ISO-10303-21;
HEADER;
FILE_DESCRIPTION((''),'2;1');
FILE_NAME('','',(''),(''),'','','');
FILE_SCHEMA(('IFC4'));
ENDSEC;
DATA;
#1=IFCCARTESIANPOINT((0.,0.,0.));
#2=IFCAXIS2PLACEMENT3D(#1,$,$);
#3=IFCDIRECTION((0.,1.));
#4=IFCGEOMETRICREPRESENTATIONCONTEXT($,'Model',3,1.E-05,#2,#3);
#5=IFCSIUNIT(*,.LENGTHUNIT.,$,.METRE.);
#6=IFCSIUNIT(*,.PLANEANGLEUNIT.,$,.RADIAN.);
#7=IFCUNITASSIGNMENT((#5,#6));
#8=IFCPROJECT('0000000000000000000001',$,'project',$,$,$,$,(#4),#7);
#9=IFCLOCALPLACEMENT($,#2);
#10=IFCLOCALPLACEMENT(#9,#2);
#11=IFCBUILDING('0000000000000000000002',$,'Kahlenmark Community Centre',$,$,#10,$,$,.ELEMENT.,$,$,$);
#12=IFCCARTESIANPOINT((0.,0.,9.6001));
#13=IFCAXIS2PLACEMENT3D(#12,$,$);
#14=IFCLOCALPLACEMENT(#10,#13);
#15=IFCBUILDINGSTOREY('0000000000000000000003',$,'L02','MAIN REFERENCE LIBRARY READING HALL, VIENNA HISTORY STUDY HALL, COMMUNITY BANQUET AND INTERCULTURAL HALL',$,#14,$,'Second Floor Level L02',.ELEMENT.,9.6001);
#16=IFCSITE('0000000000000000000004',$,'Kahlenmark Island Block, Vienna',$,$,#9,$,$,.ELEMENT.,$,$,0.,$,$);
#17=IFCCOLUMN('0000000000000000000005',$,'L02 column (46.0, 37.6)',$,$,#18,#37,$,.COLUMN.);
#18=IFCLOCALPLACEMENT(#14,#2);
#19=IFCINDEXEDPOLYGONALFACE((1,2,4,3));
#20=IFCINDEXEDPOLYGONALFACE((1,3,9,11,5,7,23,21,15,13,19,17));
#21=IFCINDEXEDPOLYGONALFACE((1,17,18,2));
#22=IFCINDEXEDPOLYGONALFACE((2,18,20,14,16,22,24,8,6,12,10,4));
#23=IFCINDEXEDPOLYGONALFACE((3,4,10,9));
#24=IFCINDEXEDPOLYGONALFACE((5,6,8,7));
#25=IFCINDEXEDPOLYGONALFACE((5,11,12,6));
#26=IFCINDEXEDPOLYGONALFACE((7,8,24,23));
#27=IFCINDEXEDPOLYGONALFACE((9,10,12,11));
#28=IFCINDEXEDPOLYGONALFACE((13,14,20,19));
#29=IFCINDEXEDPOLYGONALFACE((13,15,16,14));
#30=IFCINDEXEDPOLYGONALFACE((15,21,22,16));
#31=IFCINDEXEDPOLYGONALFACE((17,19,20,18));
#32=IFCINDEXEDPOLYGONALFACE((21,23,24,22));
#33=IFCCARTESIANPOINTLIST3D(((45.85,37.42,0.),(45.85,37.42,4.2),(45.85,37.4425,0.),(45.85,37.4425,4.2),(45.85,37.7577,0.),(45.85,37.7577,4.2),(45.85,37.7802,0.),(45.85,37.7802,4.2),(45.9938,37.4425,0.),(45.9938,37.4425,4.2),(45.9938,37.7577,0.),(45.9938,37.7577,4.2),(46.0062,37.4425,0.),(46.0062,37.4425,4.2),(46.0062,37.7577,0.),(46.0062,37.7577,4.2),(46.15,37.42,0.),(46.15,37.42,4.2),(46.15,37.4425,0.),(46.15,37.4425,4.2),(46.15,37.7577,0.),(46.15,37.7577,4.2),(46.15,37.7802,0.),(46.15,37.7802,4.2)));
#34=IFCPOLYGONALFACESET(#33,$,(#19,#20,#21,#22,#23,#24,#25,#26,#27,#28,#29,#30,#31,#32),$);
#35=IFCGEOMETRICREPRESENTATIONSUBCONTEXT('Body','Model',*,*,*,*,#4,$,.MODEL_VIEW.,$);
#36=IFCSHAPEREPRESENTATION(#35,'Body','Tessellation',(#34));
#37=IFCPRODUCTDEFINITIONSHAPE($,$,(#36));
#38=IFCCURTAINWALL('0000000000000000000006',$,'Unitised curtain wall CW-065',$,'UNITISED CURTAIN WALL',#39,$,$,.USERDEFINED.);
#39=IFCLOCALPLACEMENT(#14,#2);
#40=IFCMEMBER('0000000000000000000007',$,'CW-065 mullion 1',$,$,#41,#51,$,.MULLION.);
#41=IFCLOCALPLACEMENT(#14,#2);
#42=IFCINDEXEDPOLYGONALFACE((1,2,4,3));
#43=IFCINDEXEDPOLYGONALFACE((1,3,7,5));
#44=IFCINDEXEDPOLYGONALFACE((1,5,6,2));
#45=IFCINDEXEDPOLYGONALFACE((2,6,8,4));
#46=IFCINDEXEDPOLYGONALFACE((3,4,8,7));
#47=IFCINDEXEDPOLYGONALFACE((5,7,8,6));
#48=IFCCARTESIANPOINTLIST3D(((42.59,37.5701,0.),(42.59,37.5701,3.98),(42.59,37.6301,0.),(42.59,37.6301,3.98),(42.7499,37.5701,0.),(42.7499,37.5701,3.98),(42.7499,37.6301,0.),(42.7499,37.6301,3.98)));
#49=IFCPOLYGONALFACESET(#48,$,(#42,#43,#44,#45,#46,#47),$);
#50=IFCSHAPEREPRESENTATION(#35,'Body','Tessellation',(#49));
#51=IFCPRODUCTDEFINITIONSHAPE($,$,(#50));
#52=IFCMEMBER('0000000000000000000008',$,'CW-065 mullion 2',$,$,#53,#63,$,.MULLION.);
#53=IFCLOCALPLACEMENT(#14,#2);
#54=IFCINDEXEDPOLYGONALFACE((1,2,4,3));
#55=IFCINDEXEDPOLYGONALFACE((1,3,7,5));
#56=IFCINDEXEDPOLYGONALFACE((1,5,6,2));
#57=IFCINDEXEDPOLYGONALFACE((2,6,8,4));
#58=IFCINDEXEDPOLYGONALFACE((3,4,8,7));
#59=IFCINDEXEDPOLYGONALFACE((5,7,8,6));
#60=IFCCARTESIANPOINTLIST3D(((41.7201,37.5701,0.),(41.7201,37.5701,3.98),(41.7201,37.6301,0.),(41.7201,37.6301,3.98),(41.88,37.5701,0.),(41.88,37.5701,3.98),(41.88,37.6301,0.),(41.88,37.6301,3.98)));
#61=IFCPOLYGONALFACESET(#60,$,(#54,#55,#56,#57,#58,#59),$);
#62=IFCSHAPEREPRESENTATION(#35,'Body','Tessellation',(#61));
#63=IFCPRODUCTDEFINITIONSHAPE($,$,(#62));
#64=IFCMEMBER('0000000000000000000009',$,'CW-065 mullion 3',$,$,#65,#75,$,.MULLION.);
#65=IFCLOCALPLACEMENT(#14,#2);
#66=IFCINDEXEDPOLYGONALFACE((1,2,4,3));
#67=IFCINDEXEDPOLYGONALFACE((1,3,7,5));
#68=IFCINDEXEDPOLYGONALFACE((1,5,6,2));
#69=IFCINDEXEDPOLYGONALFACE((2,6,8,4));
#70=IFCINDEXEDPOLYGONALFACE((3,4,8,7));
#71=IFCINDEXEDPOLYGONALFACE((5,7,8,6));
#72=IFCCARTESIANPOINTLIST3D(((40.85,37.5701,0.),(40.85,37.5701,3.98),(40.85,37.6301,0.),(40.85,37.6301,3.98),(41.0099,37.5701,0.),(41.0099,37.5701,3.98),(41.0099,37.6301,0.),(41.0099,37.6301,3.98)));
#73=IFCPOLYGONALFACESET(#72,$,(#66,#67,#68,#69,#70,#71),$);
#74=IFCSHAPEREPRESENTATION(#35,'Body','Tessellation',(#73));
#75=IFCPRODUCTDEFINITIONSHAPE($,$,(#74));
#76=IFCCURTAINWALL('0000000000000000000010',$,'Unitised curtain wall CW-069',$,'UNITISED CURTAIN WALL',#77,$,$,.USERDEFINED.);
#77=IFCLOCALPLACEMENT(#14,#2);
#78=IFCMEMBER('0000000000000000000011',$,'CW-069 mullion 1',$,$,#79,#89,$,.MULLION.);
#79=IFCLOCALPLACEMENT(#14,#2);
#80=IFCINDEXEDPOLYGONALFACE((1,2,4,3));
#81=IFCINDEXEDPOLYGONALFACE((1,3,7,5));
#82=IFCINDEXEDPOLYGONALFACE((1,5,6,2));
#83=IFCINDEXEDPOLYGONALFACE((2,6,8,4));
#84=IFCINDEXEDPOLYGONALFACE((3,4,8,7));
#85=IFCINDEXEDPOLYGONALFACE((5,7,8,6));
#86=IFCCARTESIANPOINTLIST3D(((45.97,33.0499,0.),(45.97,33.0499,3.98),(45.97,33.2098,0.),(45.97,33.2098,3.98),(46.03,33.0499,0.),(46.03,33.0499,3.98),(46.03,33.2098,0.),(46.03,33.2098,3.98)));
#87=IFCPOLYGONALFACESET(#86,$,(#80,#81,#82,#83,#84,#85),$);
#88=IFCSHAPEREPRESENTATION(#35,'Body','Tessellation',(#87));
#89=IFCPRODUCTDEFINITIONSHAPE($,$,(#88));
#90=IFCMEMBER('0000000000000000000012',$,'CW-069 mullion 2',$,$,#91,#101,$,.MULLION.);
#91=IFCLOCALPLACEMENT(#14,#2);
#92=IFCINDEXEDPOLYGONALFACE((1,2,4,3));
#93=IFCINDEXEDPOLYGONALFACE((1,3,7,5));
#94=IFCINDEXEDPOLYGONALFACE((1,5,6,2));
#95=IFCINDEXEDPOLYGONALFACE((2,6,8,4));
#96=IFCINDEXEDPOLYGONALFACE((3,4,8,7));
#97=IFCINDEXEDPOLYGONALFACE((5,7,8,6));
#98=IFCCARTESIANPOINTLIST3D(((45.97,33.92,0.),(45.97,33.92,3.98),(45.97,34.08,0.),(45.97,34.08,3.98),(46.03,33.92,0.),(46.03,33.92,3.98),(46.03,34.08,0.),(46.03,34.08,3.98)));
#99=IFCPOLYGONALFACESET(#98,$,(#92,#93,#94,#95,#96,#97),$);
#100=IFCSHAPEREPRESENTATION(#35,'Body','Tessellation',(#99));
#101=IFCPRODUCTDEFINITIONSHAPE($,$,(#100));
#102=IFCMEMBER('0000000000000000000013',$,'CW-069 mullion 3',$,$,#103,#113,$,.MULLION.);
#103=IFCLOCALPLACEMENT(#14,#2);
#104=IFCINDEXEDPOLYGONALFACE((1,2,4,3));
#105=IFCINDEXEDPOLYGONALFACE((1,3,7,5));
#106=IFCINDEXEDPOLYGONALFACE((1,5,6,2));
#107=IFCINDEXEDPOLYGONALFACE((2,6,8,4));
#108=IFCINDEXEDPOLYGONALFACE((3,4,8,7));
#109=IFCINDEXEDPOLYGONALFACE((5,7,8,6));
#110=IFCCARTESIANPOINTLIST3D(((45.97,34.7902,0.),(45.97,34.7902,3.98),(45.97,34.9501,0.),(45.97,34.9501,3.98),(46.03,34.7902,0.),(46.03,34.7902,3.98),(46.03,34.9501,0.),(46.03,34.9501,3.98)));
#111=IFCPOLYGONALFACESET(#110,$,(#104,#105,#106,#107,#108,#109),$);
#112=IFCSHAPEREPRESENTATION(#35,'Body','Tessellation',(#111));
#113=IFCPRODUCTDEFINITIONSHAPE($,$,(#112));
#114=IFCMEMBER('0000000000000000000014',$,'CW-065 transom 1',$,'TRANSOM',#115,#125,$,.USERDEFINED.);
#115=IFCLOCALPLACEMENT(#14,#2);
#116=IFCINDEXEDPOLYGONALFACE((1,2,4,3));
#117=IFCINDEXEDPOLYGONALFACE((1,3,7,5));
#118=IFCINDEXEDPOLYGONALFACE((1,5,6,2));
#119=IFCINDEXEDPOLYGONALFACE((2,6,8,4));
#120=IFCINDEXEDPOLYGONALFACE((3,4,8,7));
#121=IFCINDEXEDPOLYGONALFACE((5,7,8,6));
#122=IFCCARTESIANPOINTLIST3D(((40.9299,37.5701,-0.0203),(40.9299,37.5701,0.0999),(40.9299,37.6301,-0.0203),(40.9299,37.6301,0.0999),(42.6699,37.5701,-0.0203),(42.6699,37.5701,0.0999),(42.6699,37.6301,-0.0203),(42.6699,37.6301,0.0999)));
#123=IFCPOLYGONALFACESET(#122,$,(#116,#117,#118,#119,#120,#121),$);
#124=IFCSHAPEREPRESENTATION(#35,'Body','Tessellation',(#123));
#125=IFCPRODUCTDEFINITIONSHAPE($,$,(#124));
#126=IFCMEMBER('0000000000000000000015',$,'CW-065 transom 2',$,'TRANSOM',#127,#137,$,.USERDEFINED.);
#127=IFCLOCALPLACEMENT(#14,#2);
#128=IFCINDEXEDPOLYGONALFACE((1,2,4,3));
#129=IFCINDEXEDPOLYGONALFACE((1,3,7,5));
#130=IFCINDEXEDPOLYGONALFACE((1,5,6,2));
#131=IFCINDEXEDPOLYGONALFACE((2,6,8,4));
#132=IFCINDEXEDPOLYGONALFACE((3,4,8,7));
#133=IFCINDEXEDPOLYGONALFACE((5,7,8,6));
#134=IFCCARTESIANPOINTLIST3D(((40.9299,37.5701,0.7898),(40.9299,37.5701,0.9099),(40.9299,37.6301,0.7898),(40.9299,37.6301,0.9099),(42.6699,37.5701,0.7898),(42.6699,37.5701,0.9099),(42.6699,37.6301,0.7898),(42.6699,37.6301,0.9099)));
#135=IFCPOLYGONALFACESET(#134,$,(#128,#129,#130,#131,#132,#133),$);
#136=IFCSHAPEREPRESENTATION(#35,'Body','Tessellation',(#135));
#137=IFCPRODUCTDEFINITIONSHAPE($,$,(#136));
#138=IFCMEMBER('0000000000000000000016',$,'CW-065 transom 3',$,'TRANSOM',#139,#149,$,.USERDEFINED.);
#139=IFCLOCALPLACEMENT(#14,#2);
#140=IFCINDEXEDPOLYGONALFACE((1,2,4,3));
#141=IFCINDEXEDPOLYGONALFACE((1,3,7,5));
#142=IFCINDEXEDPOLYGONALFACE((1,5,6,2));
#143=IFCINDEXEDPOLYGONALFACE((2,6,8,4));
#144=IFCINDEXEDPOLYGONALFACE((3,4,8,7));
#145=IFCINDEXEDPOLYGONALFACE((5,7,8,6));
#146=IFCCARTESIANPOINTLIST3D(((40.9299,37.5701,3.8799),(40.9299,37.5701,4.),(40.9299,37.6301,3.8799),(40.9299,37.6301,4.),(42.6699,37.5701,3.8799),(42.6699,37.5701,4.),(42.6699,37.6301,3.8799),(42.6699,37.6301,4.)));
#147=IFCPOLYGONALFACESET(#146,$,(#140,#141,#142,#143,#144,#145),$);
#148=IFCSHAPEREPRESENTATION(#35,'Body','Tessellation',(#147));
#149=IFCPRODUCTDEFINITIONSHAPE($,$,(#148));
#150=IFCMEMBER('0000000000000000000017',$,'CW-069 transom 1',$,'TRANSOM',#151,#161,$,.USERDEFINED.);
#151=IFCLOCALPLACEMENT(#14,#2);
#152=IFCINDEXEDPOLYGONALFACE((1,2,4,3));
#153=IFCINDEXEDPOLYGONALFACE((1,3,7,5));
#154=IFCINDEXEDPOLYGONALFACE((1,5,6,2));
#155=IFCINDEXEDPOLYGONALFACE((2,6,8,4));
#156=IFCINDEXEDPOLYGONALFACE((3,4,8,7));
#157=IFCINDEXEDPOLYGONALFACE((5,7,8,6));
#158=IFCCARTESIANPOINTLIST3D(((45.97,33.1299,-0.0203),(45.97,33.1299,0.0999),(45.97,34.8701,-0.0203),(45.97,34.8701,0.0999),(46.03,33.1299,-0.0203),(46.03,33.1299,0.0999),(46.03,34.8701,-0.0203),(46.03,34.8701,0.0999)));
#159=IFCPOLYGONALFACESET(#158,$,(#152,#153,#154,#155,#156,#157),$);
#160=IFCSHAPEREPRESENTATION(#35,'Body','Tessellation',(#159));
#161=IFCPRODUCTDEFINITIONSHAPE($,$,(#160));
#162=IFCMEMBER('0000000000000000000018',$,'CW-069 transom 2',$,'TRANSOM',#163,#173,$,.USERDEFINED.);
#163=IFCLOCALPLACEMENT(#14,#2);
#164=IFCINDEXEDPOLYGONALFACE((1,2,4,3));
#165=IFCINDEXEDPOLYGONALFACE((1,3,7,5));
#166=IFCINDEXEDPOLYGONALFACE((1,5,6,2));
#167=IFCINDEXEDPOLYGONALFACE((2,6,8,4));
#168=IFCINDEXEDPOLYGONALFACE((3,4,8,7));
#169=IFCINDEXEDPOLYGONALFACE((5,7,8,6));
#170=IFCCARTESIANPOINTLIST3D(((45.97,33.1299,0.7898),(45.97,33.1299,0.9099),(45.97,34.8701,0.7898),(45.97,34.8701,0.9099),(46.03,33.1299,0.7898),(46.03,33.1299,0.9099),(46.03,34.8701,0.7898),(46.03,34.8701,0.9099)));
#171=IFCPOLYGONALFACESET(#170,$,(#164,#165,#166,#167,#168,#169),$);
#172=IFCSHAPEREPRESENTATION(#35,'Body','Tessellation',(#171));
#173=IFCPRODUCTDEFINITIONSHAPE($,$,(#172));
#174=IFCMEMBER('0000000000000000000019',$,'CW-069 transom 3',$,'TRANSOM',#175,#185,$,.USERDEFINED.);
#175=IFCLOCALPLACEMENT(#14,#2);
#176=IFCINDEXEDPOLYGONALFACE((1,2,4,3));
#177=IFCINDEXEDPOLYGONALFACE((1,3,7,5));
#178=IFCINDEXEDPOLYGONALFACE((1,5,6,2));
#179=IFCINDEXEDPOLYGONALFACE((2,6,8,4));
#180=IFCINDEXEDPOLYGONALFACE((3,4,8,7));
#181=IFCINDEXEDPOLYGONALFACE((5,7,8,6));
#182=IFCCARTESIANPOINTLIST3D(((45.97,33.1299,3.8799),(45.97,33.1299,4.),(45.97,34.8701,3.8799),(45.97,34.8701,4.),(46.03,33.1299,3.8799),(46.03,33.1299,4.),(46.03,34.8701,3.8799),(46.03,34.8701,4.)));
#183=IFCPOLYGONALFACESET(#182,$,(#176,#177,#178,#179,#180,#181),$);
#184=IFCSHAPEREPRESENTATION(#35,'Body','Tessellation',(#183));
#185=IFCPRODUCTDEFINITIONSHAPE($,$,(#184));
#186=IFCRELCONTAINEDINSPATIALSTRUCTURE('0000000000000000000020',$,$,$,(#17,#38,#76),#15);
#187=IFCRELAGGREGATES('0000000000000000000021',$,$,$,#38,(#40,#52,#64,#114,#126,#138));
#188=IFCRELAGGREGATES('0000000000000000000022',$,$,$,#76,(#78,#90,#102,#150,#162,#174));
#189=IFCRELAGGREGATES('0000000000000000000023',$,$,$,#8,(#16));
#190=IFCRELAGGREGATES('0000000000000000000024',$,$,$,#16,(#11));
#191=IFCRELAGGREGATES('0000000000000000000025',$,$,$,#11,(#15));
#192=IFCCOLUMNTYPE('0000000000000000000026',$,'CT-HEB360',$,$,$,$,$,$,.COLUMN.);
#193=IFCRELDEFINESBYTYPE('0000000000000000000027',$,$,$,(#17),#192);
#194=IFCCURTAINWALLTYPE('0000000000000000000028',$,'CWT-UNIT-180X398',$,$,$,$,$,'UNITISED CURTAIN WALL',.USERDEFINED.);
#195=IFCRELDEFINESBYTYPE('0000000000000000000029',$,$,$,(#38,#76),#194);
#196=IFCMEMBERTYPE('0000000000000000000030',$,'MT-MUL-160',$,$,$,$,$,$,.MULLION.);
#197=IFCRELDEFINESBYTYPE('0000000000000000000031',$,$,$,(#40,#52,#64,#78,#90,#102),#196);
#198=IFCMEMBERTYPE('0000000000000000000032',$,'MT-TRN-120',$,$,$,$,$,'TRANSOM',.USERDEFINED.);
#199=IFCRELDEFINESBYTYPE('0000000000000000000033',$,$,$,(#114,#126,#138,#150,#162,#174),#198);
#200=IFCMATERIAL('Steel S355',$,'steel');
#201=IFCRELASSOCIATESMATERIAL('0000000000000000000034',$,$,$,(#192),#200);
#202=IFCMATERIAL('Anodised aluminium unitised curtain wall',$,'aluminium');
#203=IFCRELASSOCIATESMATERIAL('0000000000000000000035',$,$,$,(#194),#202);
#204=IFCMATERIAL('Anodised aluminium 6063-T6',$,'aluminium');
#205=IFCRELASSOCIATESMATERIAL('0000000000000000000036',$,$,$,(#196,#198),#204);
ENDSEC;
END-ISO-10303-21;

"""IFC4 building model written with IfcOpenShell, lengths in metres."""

from ifc_helpers import new_model, si_unit, direction, frame, origin, origin_2d, place, context, subcontext, project, spatial, rectangle, i_section, extrude, material, material_profile, profile_set, type_object, element, aggregate, save


model = new_model("IFC4")

# Units and contexts
model_context = context("Model", 3, precision=1e-05, world=origin(), true_north=direction((0.0, 1.0)))
body_context = subcontext(model_context, "Body", "Model", "MODEL_VIEW")
ifc_project = project(units=[si_unit("LENGTHUNIT", "METRE"), si_unit("PLANEANGLEUNIT", "RADIAN")], contexts=[model_context])

# Site, building, storey
site_placement = place(None, origin())
site = spatial("IfcSite", under=ifc_project, at=site_placement, Name="Kahlenmark Island Block, Vienna", CompositionType="ELEMENT", RefElevation=0.0)
building_placement = place(site_placement, origin())
building = spatial("IfcBuilding", under=site, at=building_placement, Name="Kahlenmark Community Centre", CompositionType="ELEMENT")
storey_placement = place(building_placement, frame((0.0, 0.0, 9.6001)))
storey = spatial("IfcBuildingStorey", under=building, at=storey_placement, Name="L02", Description="MAIN REFERENCE LIBRARY READING HALL, VIENNA HISTORY STUDY HALL, COMMUNITY BANQUET AND INTERCULTURAL HALL", LongName="Second Floor Level L02", CompositionType="ELEMENT", Elevation=9.6001)

# Column
ifc_material_1 = material(Name="Steel S355", Category="steel")
ifc_material_profile_1 = material_profile(ifc_material_1, i_section(OverallWidth=0.3, OverallDepth=0.3601, WebThickness=0.0125, FlangeThickness=0.0225, at=origin_2d()), Name="HEB 360")
ifc_profile_set_1 = profile_set([ifc_material_profile_1], Name="Steel S355")
column_type = type_object("IfcColumnType", Name="CT-HEB360", PredefinedType="COLUMN", material=ifc_profile_set_1)
column_placement = place(storey_placement, frame((46.0, 37.6001, 0.0), z_axis=(0.0, 0.0, 1.0), x_axis=(1.0, 0.0, 0.0)))
element("IfcColumn", 1, at=column_placement, inside=storey, type_object=column_type, Name="L02 column (46.0, 37.6)", PredefinedType="COLUMN", context=body_context, shape_type="SweptSolid", body=[
    extrude(i_section(OverallWidth=0.3, OverallDepth=0.3601, WebThickness=0.0125, FlangeThickness=0.0225, at=origin_2d()), origin(), (0.0, 0.0, 1.0), 4.2),
])

# Curtain walls, members
ifc_material_2 = material(Name="Anodised aluminium unitised curtain wall", Category="aluminium")
curtain_wall_type = type_object("IfcCurtainWallType", Name="CWT-UNIT-180X398", ElementType="UNITISED CURTAIN WALL", PredefinedType="USERDEFINED", material=ifc_material_2)
curtain_wall_1_placement = place(storey_placement, origin())
curtain_wall_1 = element("IfcCurtainWall", 2, at=curtain_wall_1_placement, inside=storey, type_object=curtain_wall_type, Name="Unitised curtain wall CW-065", ObjectType="UNITISED CURTAIN WALL", PredefinedType="USERDEFINED")
ifc_material_3 = material(Name="Anodised aluminium 6063-T6", Category="aluminium")
ifc_material_profile_2 = material_profile(ifc_material_3, rectangle(XDim=0.0601, YDim=0.1599, at=origin_2d()), Name="ALU MULLION 60x160")
ifc_profile_set_2 = profile_set([ifc_material_profile_2], Name="Anodised aluminium 6063-T6")
member_type_1 = type_object("IfcMemberType", Name="MT-MUL-160", PredefinedType="MULLION", material=ifc_profile_set_2)
member_1_placement = place(storey_placement, frame((42.6699, 37.6001, 0.0), z_axis=(0.0, 0.0, 1.0), x_axis=(0.0, -1.0, 0.0)))
member_1 = element("IfcMember", 3, at=member_1_placement, type_object=member_type_1, Name="CW-065 mullion 1", PredefinedType="MULLION", context=body_context, shape_type="SweptSolid", body=[
    extrude(rectangle(XDim=0.0601, YDim=0.1599, at=origin_2d()), origin(), (0.0, 0.0, 1.0), 3.98),
])
member_2_placement = place(storey_placement, frame((41.8, 37.6001, 0.0), z_axis=(0.0, 0.0, 1.0), x_axis=(0.0, -1.0, 0.0)))
member_2 = element("IfcMember", 4, at=member_2_placement, type_object=member_type_1, Name="CW-065 mullion 2", PredefinedType="MULLION", context=body_context, shape_type="SweptSolid", body=[
    extrude(rectangle(XDim=0.0601, YDim=0.1599, at=origin_2d()), origin(), (0.0, 0.0, 1.0), 3.98),
])
member_3_placement = place(storey_placement, frame((40.9299, 37.6001, 0.0), z_axis=(0.0, 0.0, 1.0), x_axis=(0.0, -1.0, 0.0)))
member_3 = element("IfcMember", 5, at=member_3_placement, type_object=member_type_1, Name="CW-065 mullion 3", PredefinedType="MULLION", context=body_context, shape_type="SweptSolid", body=[
    extrude(rectangle(XDim=0.0601, YDim=0.1599, at=origin_2d()), origin(), (0.0, 0.0, 1.0), 3.98),
])
curtain_wall_2_placement = place(storey_placement, origin())
curtain_wall_2 = element("IfcCurtainWall", 6, at=curtain_wall_2_placement, inside=storey, type_object=curtain_wall_type, Name="Unitised curtain wall CW-069", ObjectType="UNITISED CURTAIN WALL", PredefinedType="USERDEFINED")
member_4_placement = place(storey_placement, frame((46.0, 33.1299, 0.0), z_axis=(0.0, 0.0, 1.0), x_axis=(-1.0, 0.0, 0.0)))
member_4 = element("IfcMember", 7, at=member_4_placement, type_object=member_type_1, Name="CW-069 mullion 1", PredefinedType="MULLION", context=body_context, shape_type="SweptSolid", body=[
    extrude(rectangle(XDim=0.0601, YDim=0.1599, at=origin_2d()), origin(), (0.0, 0.0, 1.0), 3.98),
])
member_5_placement = place(storey_placement, frame((46.0, 34.0, 0.0), z_axis=(0.0, 0.0, 1.0), x_axis=(-1.0, 0.0, 0.0)))
member_5 = element("IfcMember", 8, at=member_5_placement, type_object=member_type_1, Name="CW-069 mullion 2", PredefinedType="MULLION", context=body_context, shape_type="SweptSolid", body=[
    extrude(rectangle(XDim=0.0601, YDim=0.1599, at=origin_2d()), origin(), (0.0, 0.0, 1.0), 3.98),
])
member_6_placement = place(storey_placement, frame((46.0, 34.8701, 0.0), z_axis=(0.0, 0.0, 1.0), x_axis=(-1.0, 0.0, 0.0)))
member_6 = element("IfcMember", 9, at=member_6_placement, type_object=member_type_1, Name="CW-069 mullion 3", PredefinedType="MULLION", context=body_context, shape_type="SweptSolid", body=[
    extrude(rectangle(XDim=0.0601, YDim=0.1599, at=origin_2d()), origin(), (0.0, 0.0, 1.0), 3.98),
])

# Members
ifc_material_profile_3 = material_profile(ifc_material_3, rectangle(XDim=0.0601, YDim=0.1201, at=origin_2d()), Name="ALU TRANSOM 60x120")
ifc_profile_set_3 = profile_set([ifc_material_profile_3], Name="Anodised aluminium 6063-T6")
member_type_2 = type_object("IfcMemberType", Name="MT-TRN-120", ElementType="TRANSOM", PredefinedType="USERDEFINED", material=ifc_profile_set_3)
member_7_placement = place(storey_placement, frame((42.6699, 37.6001, 0.0398), z_axis=(-1.0, 0.0, 0.0), x_axis=(0.0, -1.0, 0.0)))
member_7 = element("IfcMember", 10, at=member_7_placement, type_object=member_type_2, Name="CW-065 transom 1", ObjectType="TRANSOM", PredefinedType="USERDEFINED", context=body_context, shape_type="SweptSolid", body=[
    extrude(rectangle(XDim=0.0601, YDim=0.1201, at=origin_2d()), origin(), (0.0, 0.0, 1.0), 1.74),
])
member_8_placement = place(storey_placement, frame((42.6699, 37.6001, 0.8499), z_axis=(-1.0, 0.0, 0.0), x_axis=(0.0, -1.0, 0.0)))
member_8 = element("IfcMember", 11, at=member_8_placement, type_object=member_type_2, Name="CW-065 transom 2", ObjectType="TRANSOM", PredefinedType="USERDEFINED", context=body_context, shape_type="SweptSolid", body=[
    extrude(rectangle(XDim=0.0601, YDim=0.1201, at=origin_2d()), origin(), (0.0, 0.0, 1.0), 1.74),
])
member_9_placement = place(storey_placement, frame((42.6699, 37.6001, 3.9399), z_axis=(-1.0, 0.0, 0.0), x_axis=(0.0, -1.0, 0.0)))
member_9 = element("IfcMember", 12, at=member_9_placement, type_object=member_type_2, Name="CW-065 transom 3", ObjectType="TRANSOM", PredefinedType="USERDEFINED", context=body_context, shape_type="SweptSolid", body=[
    extrude(rectangle(XDim=0.0601, YDim=0.1201, at=origin_2d()), origin(), (0.0, 0.0, 1.0), 1.74),
])
member_10_placement = place(storey_placement, frame((46.0, 33.1299, 0.0398), z_axis=(0.0, 1.0, 0.0), x_axis=(-1.0, 0.0, 0.0)))
member_10 = element("IfcMember", 13, at=member_10_placement, type_object=member_type_2, Name="CW-069 transom 1", ObjectType="TRANSOM", PredefinedType="USERDEFINED", context=body_context, shape_type="SweptSolid", body=[
    extrude(rectangle(XDim=0.0601, YDim=0.1201, at=origin_2d()), origin(), (0.0, 0.0, 1.0), 1.7402),
])
member_11_placement = place(storey_placement, frame((46.0, 33.1299, 0.8499), z_axis=(0.0, 1.0, 0.0), x_axis=(-1.0, 0.0, 0.0)))
member_11 = element("IfcMember", 14, at=member_11_placement, type_object=member_type_2, Name="CW-069 transom 2", ObjectType="TRANSOM", PredefinedType="USERDEFINED", context=body_context, shape_type="SweptSolid", body=[
    extrude(rectangle(XDim=0.0601, YDim=0.1201, at=origin_2d()), origin(), (0.0, 0.0, 1.0), 1.7402),
])
member_12_placement = place(storey_placement, frame((46.0, 33.1299, 3.9399), z_axis=(0.0, 1.0, 0.0), x_axis=(-1.0, 0.0, 0.0)))
member_12 = element("IfcMember", 15, at=member_12_placement, type_object=member_type_2, Name="CW-069 transom 3", ObjectType="TRANSOM", PredefinedType="USERDEFINED", context=body_context, shape_type="SweptSolid", body=[
    extrude(rectangle(XDim=0.0601, YDim=0.1201, at=origin_2d()), origin(), (0.0, 0.0, 1.0), 1.7402),
])

aggregate(curtain_wall_1, [member_1, member_2, member_3, member_7, member_8, member_9])
aggregate(curtain_wall_2, [member_4, member_5, member_6, member_10, member_11, member_12])

save(model, "model.ifc")
